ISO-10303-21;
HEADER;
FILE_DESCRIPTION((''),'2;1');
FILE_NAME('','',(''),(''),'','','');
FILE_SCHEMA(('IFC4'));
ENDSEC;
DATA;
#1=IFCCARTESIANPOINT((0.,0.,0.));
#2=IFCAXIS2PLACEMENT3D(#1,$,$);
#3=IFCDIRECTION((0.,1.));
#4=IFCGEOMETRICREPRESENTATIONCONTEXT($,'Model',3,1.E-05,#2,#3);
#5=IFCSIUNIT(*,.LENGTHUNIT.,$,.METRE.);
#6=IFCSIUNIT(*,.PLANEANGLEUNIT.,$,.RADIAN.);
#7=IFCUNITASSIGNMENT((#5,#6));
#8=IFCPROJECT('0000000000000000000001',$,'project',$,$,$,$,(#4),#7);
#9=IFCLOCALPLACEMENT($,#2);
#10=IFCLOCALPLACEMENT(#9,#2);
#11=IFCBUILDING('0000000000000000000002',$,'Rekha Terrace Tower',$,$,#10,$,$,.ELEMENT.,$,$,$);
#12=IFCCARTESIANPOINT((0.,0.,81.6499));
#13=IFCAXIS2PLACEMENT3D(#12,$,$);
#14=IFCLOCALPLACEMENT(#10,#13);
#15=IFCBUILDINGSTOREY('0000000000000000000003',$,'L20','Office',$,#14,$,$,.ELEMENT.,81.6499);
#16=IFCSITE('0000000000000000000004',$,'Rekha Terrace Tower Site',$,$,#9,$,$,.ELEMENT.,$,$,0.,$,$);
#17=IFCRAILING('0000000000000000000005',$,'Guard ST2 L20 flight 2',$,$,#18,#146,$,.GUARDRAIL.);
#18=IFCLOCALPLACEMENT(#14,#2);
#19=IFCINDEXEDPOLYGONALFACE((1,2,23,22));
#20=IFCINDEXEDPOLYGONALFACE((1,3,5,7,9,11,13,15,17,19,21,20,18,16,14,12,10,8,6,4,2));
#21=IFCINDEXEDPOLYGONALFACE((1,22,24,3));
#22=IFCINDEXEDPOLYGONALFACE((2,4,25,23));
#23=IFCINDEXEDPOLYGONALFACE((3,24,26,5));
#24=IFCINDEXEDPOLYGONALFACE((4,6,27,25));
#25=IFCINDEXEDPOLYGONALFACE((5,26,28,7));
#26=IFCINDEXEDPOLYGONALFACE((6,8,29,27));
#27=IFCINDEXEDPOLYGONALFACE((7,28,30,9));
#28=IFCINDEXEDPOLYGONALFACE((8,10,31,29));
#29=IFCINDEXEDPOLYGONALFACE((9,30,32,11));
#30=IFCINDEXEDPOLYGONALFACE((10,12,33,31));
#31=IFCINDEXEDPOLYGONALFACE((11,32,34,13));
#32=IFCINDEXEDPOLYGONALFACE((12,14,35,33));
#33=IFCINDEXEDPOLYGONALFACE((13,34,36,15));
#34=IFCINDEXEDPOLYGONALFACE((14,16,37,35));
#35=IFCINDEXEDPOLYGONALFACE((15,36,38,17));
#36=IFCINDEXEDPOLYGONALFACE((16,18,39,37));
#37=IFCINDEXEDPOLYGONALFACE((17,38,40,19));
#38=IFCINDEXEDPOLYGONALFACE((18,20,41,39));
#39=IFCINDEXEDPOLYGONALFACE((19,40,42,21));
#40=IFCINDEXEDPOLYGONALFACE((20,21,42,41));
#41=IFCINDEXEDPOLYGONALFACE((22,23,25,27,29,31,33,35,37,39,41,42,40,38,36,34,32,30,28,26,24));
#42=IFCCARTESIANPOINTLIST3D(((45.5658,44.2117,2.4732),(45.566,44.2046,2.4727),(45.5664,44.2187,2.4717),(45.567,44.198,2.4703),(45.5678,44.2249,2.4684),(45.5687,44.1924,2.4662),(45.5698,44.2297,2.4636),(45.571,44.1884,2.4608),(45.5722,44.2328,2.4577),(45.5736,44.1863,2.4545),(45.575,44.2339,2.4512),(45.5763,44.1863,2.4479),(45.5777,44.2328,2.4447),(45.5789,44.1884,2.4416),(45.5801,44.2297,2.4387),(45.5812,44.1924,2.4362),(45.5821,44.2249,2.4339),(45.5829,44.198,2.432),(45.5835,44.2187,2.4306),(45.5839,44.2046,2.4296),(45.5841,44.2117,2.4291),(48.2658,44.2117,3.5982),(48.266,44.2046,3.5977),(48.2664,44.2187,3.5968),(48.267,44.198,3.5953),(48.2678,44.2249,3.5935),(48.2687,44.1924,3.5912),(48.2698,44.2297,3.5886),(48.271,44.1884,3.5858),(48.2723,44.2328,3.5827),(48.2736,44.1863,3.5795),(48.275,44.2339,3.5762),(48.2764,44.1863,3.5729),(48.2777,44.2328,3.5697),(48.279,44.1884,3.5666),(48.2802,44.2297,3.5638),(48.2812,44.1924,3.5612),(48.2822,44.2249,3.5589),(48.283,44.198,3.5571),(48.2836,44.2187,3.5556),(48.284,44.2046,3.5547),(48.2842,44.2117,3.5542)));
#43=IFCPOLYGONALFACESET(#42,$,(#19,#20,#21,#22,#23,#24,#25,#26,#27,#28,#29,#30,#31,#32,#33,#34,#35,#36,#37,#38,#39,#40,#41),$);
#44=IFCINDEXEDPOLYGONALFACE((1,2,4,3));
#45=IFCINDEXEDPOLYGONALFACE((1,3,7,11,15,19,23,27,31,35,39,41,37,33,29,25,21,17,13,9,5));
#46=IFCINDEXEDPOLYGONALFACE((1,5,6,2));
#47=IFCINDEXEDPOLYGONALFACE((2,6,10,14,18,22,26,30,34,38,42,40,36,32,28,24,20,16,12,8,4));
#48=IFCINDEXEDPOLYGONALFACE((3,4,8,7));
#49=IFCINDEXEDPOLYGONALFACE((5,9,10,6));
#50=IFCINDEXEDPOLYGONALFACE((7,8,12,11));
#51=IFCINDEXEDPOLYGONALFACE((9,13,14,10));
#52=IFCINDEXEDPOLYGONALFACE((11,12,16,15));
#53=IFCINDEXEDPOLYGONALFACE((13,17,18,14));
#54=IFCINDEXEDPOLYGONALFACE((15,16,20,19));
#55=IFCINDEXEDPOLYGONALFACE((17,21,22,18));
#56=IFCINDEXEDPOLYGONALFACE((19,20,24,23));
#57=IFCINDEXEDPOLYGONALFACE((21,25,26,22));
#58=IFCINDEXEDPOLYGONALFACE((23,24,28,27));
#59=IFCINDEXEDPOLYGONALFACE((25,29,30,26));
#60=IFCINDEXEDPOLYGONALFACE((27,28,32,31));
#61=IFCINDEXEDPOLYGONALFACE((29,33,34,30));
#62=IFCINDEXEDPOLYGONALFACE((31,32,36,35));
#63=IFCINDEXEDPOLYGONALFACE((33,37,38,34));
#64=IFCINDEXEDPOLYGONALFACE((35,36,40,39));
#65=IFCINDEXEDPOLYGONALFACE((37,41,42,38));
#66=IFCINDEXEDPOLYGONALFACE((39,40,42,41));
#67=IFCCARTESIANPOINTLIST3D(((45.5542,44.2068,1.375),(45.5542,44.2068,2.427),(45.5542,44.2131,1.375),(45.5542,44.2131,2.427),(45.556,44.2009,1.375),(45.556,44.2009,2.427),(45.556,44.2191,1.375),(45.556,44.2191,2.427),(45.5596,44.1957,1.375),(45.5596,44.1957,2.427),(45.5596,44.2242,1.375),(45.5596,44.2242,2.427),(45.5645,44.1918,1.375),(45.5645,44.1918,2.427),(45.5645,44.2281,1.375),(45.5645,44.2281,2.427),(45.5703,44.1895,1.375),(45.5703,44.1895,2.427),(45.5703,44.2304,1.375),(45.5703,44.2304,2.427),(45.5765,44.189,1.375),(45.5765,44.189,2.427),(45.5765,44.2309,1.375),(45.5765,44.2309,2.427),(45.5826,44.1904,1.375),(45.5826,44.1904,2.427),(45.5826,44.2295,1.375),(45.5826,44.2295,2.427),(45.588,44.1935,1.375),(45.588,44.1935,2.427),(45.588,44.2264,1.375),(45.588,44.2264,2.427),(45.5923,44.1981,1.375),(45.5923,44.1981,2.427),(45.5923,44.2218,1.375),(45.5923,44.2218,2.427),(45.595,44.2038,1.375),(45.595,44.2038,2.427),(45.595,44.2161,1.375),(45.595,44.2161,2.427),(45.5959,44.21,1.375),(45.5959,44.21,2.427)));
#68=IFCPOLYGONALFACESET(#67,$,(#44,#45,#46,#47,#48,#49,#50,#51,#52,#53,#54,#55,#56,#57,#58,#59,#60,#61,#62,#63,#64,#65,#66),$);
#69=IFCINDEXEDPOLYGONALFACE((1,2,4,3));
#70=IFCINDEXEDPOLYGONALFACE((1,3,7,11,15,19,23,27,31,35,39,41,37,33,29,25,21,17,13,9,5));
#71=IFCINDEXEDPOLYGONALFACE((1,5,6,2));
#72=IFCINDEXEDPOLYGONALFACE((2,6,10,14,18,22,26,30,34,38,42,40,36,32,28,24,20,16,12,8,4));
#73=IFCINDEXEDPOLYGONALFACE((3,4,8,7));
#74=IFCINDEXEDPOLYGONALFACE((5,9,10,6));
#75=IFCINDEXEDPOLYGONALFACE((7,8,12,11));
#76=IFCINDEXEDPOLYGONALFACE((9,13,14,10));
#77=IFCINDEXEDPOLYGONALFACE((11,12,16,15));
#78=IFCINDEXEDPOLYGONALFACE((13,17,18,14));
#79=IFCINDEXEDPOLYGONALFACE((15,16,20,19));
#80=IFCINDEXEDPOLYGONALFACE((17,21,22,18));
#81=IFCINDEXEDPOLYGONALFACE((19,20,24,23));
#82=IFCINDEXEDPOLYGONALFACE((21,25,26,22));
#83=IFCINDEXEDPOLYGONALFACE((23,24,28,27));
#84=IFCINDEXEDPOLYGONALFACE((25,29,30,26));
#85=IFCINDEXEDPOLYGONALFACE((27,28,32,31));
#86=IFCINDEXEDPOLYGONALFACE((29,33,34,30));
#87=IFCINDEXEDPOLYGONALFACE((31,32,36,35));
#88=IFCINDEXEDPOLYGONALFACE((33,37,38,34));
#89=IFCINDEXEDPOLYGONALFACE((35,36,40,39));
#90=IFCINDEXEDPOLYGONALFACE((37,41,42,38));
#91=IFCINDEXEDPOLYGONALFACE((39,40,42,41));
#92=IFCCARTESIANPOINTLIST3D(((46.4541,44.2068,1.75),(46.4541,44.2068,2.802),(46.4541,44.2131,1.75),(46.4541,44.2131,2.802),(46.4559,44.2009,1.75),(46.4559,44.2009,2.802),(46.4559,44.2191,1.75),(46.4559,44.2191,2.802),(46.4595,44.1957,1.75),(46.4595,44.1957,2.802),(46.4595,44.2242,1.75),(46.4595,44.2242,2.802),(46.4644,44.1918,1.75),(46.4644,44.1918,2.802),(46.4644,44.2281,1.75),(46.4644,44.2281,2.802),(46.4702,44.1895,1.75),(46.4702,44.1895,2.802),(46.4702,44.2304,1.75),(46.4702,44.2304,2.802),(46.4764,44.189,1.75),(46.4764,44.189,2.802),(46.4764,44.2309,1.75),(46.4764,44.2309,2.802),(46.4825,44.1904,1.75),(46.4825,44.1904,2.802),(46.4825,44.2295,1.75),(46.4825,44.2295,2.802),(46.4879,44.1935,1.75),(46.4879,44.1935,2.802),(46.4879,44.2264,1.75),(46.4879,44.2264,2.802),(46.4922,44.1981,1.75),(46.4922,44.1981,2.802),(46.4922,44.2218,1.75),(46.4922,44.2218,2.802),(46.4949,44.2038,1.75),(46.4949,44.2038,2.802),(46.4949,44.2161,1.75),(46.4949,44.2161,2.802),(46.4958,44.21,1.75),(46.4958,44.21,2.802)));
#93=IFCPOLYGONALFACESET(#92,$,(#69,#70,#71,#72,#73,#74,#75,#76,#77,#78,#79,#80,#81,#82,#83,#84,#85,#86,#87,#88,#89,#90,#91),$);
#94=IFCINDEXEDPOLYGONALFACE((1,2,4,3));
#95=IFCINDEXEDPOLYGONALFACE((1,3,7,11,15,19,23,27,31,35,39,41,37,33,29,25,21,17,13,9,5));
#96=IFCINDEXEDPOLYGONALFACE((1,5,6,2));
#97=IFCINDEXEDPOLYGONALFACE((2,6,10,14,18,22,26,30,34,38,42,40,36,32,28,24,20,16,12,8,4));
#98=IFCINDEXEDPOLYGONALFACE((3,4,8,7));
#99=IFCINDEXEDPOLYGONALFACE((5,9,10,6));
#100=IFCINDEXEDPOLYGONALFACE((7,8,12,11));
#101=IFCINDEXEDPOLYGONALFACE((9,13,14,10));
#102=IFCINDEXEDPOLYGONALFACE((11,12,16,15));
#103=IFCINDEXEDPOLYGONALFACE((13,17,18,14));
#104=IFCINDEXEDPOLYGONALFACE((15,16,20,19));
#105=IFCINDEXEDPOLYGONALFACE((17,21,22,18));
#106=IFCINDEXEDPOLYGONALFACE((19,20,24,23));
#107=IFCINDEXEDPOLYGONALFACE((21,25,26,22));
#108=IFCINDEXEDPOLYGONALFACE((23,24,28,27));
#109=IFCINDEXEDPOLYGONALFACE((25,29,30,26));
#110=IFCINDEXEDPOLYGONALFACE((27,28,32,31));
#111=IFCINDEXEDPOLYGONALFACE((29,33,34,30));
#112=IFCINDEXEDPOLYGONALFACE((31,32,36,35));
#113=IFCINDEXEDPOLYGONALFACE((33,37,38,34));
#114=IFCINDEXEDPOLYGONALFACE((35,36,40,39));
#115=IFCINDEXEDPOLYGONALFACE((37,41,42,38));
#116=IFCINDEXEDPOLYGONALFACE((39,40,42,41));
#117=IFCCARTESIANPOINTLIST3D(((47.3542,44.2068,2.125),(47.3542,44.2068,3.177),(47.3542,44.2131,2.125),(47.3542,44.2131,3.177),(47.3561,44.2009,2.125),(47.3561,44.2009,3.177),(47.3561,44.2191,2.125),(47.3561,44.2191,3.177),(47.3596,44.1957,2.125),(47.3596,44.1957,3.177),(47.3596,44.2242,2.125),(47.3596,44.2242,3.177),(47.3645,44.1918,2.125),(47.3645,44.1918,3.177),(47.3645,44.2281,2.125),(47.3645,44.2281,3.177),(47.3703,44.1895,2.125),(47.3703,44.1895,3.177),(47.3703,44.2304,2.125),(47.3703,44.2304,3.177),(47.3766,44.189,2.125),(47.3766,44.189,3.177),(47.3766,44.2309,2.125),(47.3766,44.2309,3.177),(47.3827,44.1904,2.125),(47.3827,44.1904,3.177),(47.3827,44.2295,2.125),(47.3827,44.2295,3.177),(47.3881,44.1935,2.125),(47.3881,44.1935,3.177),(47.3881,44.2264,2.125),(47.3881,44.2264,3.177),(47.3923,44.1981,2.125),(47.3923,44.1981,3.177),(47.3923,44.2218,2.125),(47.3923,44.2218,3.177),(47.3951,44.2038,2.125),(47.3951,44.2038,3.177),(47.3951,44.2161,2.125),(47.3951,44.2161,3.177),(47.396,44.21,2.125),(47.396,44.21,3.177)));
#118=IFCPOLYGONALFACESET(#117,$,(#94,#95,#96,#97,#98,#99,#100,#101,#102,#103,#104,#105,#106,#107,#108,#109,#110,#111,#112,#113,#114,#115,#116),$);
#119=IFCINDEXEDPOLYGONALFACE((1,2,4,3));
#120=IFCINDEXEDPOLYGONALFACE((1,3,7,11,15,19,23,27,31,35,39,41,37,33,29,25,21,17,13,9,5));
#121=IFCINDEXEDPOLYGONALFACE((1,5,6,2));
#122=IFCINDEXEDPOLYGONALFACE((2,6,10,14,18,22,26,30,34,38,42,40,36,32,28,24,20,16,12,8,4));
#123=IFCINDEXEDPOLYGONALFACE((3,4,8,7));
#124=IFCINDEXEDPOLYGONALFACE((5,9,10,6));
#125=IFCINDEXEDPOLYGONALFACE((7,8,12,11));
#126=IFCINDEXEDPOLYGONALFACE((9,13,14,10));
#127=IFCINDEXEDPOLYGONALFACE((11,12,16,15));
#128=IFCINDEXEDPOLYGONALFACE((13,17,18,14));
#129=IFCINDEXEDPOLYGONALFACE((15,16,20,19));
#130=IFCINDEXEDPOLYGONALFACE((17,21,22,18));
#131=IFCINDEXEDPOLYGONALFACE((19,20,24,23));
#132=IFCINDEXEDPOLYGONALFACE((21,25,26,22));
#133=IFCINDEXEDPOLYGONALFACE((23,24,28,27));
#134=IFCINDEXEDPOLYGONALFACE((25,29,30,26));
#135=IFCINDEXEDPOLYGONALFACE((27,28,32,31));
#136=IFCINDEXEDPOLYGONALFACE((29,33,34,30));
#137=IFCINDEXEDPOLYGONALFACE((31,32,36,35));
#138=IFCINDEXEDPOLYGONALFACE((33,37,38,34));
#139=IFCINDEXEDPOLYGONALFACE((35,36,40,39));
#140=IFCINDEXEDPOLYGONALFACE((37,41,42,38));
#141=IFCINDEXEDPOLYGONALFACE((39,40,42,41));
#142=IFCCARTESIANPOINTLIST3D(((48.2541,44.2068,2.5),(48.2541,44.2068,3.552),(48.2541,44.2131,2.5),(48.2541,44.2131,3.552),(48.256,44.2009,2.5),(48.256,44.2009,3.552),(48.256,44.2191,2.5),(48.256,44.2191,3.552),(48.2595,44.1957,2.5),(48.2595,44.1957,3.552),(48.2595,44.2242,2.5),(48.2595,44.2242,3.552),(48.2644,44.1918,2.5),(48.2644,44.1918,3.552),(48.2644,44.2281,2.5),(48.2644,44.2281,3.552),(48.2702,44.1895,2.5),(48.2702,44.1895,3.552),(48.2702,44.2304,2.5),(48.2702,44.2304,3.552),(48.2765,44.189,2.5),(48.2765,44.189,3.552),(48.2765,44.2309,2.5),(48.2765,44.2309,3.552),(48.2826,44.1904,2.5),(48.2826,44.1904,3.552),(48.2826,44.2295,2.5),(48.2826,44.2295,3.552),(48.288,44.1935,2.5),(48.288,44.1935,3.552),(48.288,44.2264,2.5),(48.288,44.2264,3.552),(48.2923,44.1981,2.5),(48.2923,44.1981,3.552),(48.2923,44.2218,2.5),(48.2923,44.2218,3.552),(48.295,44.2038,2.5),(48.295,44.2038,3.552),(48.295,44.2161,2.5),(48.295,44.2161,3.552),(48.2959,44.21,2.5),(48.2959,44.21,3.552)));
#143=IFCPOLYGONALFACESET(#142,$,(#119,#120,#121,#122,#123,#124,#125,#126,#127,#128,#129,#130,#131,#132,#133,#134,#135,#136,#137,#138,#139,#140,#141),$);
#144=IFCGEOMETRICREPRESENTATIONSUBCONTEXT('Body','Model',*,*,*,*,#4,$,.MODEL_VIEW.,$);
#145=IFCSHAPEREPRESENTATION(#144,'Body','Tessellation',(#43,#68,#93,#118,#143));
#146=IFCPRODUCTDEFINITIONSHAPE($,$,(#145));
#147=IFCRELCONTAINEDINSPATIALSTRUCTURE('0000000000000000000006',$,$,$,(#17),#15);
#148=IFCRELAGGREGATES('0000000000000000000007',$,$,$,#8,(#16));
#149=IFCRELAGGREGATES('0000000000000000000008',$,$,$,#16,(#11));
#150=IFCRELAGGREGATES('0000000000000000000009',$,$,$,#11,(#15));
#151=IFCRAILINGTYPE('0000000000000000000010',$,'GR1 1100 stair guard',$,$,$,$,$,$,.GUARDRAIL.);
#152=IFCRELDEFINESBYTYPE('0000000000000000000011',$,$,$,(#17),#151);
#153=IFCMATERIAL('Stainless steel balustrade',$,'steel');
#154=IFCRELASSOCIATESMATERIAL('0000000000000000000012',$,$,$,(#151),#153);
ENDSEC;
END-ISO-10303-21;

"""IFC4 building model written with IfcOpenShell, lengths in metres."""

from ifc_helpers import new_model, si_unit, direction, frame, origin, origin_2d, place, context, subcontext, project, spatial, circle, extrude, material, type_object, element, save


model = new_model("IFC4")

# Units and contexts
model_context = context("Model", 3, precision=1e-05, world=origin(), true_north=direction((0.0, 1.0)))
body_context = subcontext(model_context, "Body", "Model", "MODEL_VIEW")
ifc_project = project(units=[si_unit("LENGTHUNIT", "METRE"), si_unit("PLANEANGLEUNIT", "RADIAN")], contexts=[model_context])

# Site, building, storey
site_placement = place(None, origin())
site = spatial("IfcSite", under=ifc_project, at=site_placement, Name="Rekha Terrace Tower Site", CompositionType="ELEMENT", RefElevation=0.0)
building_placement = place(site_placement, origin())
building = spatial("IfcBuilding", under=site, at=building_placement, Name="Rekha Terrace Tower", CompositionType="ELEMENT")
storey_placement = place(building_placement, frame((0.0, 0.0, 81.6499)))
storey = spatial("IfcBuildingStorey", under=building, at=storey_placement, Name="L20", Description="Office", CompositionType="ELEMENT", Elevation=81.6499)

# Railing
ifc_material_1 = material(Name="Stainless steel balustrade", Category="steel")
railing_type_1 = type_object("IfcRailingType", Name="GR1 1100 stair guard", PredefinedType="GUARDRAIL", material=ifc_material_1)
railing_1_placement = place(storey_placement, frame((45.575, 44.21, 1.375)))
element("IfcRailing", 1, at=railing_1_placement, inside=storey, type_object=railing_type_1, Name="Guard ST2 L20 flight 2", PredefinedType="GUARDRAIL", context=body_context, shape_type="SweptSolid", body=[
    extrude(circle(Radius=0.0239, at=origin_2d()), frame((0.0, 0.0, 1.0762), z_axis=(0.923074, 0.0, 0.384621), x_axis=(0.0, 1.0, 0.0)), (0.0, 0.0, 1.0), 2.925),
    extrude(circle(Radius=0.021, at=origin_2d()), origin(), (0.0, 0.0, 1.0), 1.052),
    extrude(circle(Radius=0.021, at=origin_2d()), frame((0.8999, 0.0, 0.375)), (0.0, 0.0, 1.0), 1.052),
    extrude(circle(Radius=0.021, at=origin_2d()), frame((1.8, 0.0, 0.75)), (0.0, 0.0, 1.0), 1.052),
    extrude(circle(Radius=0.021, at=origin_2d()), frame((2.7, 0.0, 1.125)), (0.0, 0.0, 1.0), 1.052),
])

save(model, "model.ifc")
